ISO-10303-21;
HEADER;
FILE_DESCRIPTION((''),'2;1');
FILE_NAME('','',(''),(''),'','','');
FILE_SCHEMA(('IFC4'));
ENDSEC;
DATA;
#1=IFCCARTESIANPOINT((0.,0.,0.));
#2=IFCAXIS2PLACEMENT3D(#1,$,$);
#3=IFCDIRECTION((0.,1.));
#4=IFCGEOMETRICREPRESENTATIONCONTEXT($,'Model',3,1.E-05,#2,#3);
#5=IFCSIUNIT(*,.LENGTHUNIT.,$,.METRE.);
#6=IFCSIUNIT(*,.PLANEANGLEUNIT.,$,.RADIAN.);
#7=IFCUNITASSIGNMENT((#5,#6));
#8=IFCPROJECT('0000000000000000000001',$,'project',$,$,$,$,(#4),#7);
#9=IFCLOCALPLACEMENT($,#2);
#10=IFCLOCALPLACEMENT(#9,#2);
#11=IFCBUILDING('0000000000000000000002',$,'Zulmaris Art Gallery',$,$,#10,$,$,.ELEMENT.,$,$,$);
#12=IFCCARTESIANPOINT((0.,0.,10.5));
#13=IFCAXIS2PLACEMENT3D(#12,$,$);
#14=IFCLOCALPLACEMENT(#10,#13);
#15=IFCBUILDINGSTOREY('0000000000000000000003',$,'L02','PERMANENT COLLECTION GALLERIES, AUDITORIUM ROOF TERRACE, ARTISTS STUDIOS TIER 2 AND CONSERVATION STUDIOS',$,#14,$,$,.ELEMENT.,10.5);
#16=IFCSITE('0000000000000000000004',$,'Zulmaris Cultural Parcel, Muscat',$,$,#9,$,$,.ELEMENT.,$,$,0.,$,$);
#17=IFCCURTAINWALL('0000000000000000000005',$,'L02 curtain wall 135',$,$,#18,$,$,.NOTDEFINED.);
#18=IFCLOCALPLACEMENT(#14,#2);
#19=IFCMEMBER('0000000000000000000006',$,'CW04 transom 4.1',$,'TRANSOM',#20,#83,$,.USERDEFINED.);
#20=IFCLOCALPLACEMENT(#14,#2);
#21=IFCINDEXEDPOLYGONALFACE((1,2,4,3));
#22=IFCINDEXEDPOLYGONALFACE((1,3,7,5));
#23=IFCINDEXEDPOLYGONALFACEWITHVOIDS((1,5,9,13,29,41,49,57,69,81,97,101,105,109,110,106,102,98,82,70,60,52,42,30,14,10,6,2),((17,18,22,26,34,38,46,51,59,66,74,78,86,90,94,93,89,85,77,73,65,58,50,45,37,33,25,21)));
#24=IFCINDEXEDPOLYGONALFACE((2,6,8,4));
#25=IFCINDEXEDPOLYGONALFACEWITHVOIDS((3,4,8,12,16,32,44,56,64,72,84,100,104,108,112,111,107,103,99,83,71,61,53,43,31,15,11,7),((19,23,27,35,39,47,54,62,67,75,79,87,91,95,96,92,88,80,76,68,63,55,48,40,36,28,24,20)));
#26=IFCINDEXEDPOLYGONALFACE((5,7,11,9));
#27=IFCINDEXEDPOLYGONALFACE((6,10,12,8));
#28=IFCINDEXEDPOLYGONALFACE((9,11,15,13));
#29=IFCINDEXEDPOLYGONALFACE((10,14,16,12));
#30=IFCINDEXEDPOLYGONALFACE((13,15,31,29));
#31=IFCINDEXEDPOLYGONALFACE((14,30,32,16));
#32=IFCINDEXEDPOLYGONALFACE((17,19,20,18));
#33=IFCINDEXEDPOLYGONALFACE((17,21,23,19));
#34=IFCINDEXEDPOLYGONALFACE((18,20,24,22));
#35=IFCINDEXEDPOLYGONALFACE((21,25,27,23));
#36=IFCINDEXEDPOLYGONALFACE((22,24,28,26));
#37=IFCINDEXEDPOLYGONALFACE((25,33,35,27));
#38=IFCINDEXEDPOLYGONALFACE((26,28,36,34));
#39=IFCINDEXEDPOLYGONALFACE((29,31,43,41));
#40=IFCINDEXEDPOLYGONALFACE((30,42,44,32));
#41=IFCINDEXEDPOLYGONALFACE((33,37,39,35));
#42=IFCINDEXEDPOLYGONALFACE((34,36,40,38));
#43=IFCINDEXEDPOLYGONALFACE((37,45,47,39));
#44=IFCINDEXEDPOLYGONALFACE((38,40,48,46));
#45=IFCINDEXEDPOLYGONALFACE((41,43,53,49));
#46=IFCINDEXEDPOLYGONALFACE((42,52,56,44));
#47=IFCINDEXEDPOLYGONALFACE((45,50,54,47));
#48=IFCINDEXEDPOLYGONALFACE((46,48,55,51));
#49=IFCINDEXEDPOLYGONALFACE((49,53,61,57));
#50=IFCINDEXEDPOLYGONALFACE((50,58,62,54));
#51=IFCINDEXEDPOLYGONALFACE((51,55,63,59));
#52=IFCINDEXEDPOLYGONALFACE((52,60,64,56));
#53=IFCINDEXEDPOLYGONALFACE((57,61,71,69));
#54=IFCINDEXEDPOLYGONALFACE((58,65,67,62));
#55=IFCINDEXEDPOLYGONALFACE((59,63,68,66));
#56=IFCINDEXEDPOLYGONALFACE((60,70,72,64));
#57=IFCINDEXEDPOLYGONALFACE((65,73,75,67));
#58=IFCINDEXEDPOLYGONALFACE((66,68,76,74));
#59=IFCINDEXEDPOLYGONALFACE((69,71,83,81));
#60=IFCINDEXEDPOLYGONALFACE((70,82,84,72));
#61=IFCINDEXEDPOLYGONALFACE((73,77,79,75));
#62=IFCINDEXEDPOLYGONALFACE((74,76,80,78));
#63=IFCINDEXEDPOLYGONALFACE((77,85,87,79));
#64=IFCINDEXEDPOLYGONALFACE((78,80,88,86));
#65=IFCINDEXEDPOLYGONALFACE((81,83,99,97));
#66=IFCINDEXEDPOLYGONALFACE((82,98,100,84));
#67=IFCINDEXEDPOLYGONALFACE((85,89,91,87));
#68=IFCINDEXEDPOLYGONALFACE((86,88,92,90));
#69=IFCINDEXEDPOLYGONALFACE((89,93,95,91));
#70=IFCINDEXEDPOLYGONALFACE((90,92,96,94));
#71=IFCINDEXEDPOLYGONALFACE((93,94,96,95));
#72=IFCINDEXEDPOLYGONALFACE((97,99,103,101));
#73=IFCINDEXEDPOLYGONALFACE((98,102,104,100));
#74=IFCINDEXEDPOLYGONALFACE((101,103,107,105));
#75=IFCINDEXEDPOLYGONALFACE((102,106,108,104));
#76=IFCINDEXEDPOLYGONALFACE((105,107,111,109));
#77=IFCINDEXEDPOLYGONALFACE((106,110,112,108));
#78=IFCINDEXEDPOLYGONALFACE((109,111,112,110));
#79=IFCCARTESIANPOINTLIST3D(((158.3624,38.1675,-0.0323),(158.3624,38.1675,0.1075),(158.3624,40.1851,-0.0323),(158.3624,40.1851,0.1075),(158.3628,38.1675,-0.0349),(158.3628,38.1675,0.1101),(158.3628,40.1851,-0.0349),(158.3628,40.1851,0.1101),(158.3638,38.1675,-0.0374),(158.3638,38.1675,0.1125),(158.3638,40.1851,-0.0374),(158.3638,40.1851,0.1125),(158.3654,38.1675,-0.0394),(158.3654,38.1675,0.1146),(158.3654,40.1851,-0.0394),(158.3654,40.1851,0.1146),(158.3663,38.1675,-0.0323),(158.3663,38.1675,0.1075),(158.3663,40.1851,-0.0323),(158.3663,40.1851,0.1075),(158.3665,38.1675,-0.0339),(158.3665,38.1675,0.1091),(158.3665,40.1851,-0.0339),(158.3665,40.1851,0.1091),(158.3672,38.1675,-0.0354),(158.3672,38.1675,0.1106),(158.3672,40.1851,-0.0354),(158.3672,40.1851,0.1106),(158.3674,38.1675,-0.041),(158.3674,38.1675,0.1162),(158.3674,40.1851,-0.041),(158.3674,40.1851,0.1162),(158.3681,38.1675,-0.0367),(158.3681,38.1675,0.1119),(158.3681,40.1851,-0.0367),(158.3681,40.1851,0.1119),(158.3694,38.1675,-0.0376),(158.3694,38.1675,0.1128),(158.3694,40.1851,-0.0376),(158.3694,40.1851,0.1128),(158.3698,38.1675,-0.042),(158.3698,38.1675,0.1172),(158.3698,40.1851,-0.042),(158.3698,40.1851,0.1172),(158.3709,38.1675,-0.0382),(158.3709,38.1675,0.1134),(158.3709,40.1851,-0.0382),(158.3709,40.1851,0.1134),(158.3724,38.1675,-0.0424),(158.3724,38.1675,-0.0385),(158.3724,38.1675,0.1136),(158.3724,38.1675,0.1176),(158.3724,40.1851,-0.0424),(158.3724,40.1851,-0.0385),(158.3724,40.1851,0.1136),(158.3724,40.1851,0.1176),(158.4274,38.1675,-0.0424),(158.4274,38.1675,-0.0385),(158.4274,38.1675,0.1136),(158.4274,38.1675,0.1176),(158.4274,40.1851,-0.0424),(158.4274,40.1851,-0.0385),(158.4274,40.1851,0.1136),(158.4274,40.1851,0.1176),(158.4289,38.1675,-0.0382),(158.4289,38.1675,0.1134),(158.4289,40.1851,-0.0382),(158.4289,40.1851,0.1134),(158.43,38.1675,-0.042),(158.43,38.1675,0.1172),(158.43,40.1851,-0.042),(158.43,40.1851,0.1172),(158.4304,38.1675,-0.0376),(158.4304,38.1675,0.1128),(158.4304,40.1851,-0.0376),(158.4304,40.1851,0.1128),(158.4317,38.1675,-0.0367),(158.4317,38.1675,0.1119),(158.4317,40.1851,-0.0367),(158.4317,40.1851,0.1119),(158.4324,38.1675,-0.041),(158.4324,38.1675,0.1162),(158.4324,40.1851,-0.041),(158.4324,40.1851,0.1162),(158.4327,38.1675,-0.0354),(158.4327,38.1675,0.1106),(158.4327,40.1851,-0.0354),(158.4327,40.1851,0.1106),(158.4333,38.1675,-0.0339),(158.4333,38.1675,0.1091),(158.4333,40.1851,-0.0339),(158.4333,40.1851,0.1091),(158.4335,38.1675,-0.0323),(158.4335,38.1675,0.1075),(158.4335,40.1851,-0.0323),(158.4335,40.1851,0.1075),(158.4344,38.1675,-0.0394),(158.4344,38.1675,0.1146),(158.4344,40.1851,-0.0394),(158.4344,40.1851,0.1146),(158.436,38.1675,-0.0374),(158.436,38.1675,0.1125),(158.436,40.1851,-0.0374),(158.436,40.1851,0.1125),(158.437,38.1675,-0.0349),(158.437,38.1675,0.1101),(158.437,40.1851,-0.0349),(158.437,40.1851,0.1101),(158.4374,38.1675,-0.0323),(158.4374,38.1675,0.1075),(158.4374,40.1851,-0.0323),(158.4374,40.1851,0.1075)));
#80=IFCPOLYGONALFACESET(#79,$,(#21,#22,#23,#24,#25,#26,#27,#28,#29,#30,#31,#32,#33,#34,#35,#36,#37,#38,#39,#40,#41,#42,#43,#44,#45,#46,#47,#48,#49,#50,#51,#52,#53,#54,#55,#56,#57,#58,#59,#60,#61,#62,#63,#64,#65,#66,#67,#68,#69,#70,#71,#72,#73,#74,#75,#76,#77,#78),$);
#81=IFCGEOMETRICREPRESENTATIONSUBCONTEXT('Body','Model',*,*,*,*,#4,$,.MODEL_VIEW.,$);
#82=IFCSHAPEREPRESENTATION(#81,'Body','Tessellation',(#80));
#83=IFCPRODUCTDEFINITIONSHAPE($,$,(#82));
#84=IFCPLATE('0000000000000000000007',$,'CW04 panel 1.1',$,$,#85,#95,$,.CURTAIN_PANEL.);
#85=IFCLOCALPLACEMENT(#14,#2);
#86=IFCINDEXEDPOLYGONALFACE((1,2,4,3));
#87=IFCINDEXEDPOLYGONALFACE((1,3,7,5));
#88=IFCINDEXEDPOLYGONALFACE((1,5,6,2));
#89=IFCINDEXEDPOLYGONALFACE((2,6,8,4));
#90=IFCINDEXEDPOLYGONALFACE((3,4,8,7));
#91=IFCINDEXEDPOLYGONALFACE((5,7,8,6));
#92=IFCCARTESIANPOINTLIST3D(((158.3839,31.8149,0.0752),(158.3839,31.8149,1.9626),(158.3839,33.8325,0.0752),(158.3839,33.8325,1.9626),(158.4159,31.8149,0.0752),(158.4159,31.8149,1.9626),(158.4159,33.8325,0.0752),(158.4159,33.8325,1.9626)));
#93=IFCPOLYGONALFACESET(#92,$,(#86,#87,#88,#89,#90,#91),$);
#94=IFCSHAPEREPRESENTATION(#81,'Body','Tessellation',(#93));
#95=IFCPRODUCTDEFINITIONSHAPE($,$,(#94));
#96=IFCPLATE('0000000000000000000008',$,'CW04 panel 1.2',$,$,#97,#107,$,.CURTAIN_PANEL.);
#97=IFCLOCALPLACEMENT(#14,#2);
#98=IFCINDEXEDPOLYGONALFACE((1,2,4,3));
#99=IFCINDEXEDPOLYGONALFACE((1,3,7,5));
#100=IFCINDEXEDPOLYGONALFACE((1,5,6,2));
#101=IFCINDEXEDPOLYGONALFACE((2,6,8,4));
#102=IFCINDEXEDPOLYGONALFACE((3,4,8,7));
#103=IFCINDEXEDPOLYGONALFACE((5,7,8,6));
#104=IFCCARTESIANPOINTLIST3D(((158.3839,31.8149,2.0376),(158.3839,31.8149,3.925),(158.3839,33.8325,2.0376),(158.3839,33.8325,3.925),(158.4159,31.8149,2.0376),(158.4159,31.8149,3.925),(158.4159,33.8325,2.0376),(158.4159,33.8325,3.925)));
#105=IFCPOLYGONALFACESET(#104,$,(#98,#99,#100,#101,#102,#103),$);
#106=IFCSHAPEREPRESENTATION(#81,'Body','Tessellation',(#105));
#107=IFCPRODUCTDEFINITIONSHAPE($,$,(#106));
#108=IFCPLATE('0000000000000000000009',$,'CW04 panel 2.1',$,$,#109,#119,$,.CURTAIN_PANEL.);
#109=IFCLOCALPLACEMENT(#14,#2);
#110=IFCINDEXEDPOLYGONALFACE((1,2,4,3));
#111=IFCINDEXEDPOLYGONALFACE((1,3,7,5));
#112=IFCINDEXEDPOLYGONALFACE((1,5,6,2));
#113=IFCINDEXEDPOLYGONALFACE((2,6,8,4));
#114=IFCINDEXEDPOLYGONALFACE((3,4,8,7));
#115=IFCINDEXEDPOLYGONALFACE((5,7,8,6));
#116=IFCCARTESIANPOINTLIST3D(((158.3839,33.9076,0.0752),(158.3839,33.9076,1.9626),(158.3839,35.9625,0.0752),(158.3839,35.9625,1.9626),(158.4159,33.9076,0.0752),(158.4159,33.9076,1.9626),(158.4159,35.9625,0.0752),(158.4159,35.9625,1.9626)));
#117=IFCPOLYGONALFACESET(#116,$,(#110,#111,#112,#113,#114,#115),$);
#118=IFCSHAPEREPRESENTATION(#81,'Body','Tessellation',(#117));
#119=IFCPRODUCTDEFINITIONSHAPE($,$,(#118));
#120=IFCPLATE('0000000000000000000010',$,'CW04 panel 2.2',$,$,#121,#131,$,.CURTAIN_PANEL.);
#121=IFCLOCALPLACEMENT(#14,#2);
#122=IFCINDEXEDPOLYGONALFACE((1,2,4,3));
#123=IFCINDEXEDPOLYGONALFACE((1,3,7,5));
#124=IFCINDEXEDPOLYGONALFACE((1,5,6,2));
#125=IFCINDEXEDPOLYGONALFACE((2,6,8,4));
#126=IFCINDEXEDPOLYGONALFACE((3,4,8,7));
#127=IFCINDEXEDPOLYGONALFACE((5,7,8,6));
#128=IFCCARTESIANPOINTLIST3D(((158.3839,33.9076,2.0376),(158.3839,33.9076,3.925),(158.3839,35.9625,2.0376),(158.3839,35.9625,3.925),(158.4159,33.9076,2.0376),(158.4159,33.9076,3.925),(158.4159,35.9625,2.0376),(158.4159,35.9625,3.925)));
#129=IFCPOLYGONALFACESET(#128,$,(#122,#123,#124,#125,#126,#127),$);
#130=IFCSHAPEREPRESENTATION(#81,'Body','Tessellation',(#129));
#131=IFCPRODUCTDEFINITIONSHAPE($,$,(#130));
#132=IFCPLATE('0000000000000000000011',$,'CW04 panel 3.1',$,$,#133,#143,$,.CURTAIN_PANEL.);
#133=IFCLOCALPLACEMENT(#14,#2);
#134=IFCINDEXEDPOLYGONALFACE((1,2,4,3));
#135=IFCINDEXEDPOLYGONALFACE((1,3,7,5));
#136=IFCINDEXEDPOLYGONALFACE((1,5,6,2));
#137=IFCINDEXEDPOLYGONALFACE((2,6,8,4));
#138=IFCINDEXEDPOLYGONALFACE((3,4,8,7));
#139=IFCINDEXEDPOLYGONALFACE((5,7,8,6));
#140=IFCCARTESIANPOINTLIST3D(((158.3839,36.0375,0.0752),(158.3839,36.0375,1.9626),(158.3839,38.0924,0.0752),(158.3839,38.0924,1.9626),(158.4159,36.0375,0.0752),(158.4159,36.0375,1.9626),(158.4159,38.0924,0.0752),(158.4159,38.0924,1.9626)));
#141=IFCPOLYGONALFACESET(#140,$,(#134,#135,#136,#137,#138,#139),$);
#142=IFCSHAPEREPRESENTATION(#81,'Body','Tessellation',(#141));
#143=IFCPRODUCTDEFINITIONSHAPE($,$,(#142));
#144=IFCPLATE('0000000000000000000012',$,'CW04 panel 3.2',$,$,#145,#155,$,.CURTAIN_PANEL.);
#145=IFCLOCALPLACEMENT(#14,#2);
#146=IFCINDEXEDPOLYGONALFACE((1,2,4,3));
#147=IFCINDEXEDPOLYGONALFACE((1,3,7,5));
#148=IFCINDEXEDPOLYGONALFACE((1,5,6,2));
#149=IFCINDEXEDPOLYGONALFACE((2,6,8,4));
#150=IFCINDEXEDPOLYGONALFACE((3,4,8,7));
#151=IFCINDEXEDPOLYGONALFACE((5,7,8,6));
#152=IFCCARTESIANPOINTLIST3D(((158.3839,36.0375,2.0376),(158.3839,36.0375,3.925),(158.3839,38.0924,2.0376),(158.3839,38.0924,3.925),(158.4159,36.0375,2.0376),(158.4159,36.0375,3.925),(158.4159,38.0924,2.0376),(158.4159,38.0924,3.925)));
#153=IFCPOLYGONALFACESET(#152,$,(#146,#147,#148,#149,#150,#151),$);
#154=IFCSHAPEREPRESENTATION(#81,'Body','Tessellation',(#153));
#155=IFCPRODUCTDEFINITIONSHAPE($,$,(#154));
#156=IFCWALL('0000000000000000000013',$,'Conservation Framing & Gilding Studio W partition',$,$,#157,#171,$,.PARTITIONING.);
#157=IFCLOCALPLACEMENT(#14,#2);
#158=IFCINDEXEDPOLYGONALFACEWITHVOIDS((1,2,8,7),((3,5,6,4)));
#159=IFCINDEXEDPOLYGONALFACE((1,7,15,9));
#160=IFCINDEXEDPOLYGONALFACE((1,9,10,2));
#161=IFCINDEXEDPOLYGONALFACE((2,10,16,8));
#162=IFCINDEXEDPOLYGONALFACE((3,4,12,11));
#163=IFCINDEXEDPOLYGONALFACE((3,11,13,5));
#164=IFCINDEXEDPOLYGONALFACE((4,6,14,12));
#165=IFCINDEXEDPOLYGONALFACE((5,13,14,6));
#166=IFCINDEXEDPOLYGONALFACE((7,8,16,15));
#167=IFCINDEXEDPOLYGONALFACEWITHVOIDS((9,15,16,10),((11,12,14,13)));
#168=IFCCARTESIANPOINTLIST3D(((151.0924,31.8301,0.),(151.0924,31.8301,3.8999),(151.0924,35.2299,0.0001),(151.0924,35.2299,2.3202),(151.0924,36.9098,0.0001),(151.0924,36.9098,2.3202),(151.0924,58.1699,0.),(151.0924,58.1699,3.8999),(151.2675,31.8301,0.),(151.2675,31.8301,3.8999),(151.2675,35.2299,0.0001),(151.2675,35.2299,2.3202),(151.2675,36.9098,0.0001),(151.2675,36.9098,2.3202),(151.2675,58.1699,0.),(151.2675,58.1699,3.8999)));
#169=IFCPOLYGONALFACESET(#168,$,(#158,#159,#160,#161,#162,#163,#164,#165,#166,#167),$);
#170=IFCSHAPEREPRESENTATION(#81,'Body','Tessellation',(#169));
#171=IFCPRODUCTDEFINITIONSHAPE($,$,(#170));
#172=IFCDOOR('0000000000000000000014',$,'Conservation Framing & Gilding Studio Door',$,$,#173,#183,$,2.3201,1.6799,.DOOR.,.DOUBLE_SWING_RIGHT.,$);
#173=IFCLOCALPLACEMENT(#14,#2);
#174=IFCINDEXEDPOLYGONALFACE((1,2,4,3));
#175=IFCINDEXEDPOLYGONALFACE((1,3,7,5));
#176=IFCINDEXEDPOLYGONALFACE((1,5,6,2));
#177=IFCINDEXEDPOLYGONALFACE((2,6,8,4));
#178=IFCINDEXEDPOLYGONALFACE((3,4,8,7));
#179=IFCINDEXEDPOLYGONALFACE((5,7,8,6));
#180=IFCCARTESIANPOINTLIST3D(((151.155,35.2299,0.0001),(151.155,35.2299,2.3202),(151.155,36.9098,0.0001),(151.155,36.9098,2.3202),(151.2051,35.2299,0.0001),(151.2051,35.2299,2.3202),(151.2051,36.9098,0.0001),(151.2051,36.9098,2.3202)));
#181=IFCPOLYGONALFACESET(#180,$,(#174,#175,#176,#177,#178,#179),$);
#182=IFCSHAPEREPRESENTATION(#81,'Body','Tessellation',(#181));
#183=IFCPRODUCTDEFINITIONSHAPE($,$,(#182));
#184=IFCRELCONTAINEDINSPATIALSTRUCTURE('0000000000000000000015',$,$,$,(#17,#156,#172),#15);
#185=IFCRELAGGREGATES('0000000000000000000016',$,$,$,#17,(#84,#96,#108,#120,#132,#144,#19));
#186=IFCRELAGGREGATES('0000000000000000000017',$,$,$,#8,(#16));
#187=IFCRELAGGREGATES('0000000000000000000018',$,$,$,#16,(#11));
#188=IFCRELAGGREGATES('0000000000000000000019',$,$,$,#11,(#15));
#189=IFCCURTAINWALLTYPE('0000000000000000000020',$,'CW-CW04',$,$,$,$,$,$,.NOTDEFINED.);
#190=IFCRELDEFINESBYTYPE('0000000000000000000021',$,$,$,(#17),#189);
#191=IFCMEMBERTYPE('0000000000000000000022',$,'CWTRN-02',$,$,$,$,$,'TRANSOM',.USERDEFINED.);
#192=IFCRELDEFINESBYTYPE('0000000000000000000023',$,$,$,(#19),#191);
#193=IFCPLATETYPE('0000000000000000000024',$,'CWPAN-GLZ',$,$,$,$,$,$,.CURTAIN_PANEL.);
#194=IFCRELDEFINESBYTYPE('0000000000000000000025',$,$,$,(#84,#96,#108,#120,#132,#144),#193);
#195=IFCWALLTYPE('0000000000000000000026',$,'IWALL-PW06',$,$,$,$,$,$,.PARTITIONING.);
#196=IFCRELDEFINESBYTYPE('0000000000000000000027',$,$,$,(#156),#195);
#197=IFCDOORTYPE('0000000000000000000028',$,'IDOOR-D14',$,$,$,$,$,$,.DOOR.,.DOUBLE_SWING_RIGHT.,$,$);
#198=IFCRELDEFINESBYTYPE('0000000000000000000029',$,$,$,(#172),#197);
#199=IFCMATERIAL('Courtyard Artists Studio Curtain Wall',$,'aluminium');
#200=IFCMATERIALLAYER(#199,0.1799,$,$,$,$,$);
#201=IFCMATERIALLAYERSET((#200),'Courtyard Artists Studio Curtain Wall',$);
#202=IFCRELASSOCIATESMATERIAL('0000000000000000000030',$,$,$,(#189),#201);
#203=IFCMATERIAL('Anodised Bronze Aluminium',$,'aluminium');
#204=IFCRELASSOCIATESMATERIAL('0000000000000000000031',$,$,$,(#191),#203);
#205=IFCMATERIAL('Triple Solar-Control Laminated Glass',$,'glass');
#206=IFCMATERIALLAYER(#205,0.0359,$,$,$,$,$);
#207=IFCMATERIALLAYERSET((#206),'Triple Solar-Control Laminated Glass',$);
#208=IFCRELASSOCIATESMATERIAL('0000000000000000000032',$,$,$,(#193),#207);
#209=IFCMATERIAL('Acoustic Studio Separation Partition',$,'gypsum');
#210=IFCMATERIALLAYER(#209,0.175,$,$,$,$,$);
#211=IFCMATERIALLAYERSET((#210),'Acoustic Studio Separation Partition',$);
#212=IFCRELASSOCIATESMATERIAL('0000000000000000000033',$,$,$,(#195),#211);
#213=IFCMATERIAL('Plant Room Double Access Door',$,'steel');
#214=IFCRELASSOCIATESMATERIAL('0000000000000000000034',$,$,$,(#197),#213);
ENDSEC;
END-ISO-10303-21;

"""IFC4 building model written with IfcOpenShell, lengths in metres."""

from ifc_helpers import new_model, si_unit, direction, frame, frame_2d, origin, origin_2d, place, context, subcontext, project, spatial, rectangle, hollow_rectangle, extrude, material, layer, layer_set, material_profile, profile_set, type_object, element, fill, aggregate, save


model = new_model("IFC4")

# Units and contexts
model_context = context("Model", 3, precision=1e-05, world=origin(), true_north=direction((0.0, 1.0)))
body_context = subcontext(model_context, "Body", "Model", "MODEL_VIEW")
ifc_project = project(units=[si_unit("LENGTHUNIT", "METRE"), si_unit("PLANEANGLEUNIT", "RADIAN")], contexts=[model_context])

# Site, building, storey
site_placement = place(None, origin())
site = spatial("IfcSite", under=ifc_project, at=site_placement, Name="Zulmaris Cultural Parcel, Muscat", CompositionType="ELEMENT", RefElevation=0.0)
building_placement = place(site_placement, origin())
building = spatial("IfcBuilding", under=site, at=building_placement, Name="Zulmaris Art Gallery", CompositionType="ELEMENT")
storey_placement = place(building_placement, frame((0.0, 0.0, 10.5)))
storey = spatial("IfcBuildingStorey", under=building, at=storey_placement, Name="L02", Description="PERMANENT COLLECTION GALLERIES, AUDITORIUM ROOF TERRACE, ARTISTS STUDIOS TIER 2 AND CONSERVATION STUDIOS", CompositionType="ELEMENT", Elevation=10.5)

# Curtain wall, member, plates
ifc_material_1 = material(Name="Courtyard Artists Studio Curtain Wall", Category="aluminium")
ifc_layer_1 = layer(ifc_material_1, 0.1799)
ifc_layer_set_1 = layer_set([ifc_layer_1], Name="Courtyard Artists Studio Curtain Wall")
curtain_wall_type = type_object("IfcCurtainWallType", Name="CW-CW04", PredefinedType="NOTDEFINED", material=ifc_layer_set_1)
curtain_wall_placement = place(storey_placement, origin())
curtain_wall = element("IfcCurtainWall", 1, at=curtain_wall_placement, inside=storey, type_object=curtain_wall_type, Name="L02 curtain wall 135", PredefinedType="NOTDEFINED")
ifc_material_2 = material(Name="Anodised Bronze Aluminium", Category="aluminium")
ifc_material_profile_1 = material_profile(ifc_material_2, hollow_rectangle(XDim=0.075, YDim=0.1599, WallThickness=0.0039, InnerFilletRadius=0.0061, OuterFilletRadius=0.01, at=origin_2d()), Name="ALU 75x160x4")
ifc_profile_set_1 = profile_set([ifc_material_profile_1], Name="Anodised Bronze Aluminium")
member_type_1 = type_object("IfcMemberType", Name="CWTRN-02", ElementType="TRANSOM", PredefinedType="USERDEFINED", material=ifc_profile_set_1)
member_1_placement = place(storey_placement, frame((158.3999, 38.1675, 0.0376), z_axis=(0.0, 1.0, 0.0), x_axis=(-1.0, 0.0, 0.0)))
member_1 = element("IfcMember", 2, at=member_1_placement, type_object=member_type_1, Name="CW04 transom 4.1", ObjectType="TRANSOM", PredefinedType="USERDEFINED", context=body_context, shape_type="SweptSolid", body=[
    extrude(hollow_rectangle(XDim=0.075, YDim=0.1599, WallThickness=0.0039, InnerFilletRadius=0.0061, OuterFilletRadius=0.01, at=origin_2d()), origin(), (0.0, 0.0, 1.0), 2.0176),
])
ifc_material_3 = material(Name="Triple Solar-Control Laminated Glass", Category="glass")
ifc_layer_2 = layer(ifc_material_3, 0.0359)
ifc_layer_set_2 = layer_set([ifc_layer_2], Name="Triple Solar-Control Laminated Glass")
plate_type = type_object("IfcPlateType", Name="CWPAN-GLZ", PredefinedType="CURTAIN_PANEL", material=ifc_layer_set_2)
plate_1_placement = place(storey_placement, frame((158.3999, 32.8237, 0.0752), z_axis=(0.0, 0.0, 1.0), x_axis=(0.0, 1.0, 0.0)))
plate_1 = element("IfcPlate", 3, at=plate_1_placement, type_object=plate_type, Name="CW04 panel 1.1", PredefinedType="CURTAIN_PANEL", context=body_context, shape_type="SweptSolid", body=[
    extrude(rectangle(XDim=2.0176, YDim=0.032, at=origin_2d()), origin(), (0.0, 0.0, 1.0), 1.8875),
])
plate_2_placement = place(storey_placement, frame((158.3999, 32.8237, 2.0376), z_axis=(0.0, 0.0, 1.0), x_axis=(0.0, 1.0, 0.0)))
plate_2 = element("IfcPlate", 4, at=plate_2_placement, type_object=plate_type, Name="CW04 panel 1.2", PredefinedType="CURTAIN_PANEL", context=body_context, shape_type="SweptSolid", body=[
    extrude(rectangle(XDim=2.0176, YDim=0.032, at=origin_2d()), origin(), (0.0, 0.0, 1.0), 1.8875),
])
plate_3_placement = place(storey_placement, frame((158.3999, 34.9351, 0.0752), z_axis=(0.0, 0.0, 1.0), x_axis=(0.0, 1.0, 0.0)))
plate_3 = element("IfcPlate", 5, at=plate_3_placement, type_object=plate_type, Name="CW04 panel 2.1", PredefinedType="CURTAIN_PANEL", context=body_context, shape_type="SweptSolid", body=[
    extrude(rectangle(XDim=2.0549, YDim=0.032, at=origin_2d()), origin(), (0.0, 0.0, 1.0), 1.8875),
])
plate_4_placement = place(storey_placement, frame((158.3999, 34.9351, 2.0376), z_axis=(0.0, 0.0, 1.0), x_axis=(0.0, 1.0, 0.0)))
plate_4 = element("IfcPlate", 6, at=plate_4_placement, type_object=plate_type, Name="CW04 panel 2.2", PredefinedType="CURTAIN_PANEL", context=body_context, shape_type="SweptSolid", body=[
    extrude(rectangle(XDim=2.0549, YDim=0.032, at=origin_2d()), origin(), (0.0, 0.0, 1.0), 1.8875),
])
plate_5_placement = place(storey_placement, frame((158.3999, 37.0649, 0.0752), z_axis=(0.0, 0.0, 1.0), x_axis=(0.0, 1.0, 0.0)))
plate_5 = element("IfcPlate", 7, at=plate_5_placement, type_object=plate_type, Name="CW04 panel 3.1", PredefinedType="CURTAIN_PANEL", context=body_context, shape_type="SweptSolid", body=[
    extrude(rectangle(XDim=2.0549, YDim=0.032, at=origin_2d()), origin(), (0.0, 0.0, 1.0), 1.8875),
])
plate_6_placement = place(storey_placement, frame((158.3999, 37.0649, 2.0376), z_axis=(0.0, 0.0, 1.0), x_axis=(0.0, 1.0, 0.0)))
plate_6 = element("IfcPlate", 8, at=plate_6_placement, type_object=plate_type, Name="CW04 panel 3.2", PredefinedType="CURTAIN_PANEL", context=body_context, shape_type="SweptSolid", body=[
    extrude(rectangle(XDim=2.0549, YDim=0.032, at=origin_2d()), origin(), (0.0, 0.0, 1.0), 1.8875),
])
aggregate(curtain_wall, [plate_1, plate_2, plate_3, plate_4, plate_5, plate_6, member_1])

# Wall, opening, door
ifc_material_4 = material(Name="Acoustic Studio Separation Partition", Category="gypsum")
ifc_layer_3 = layer(ifc_material_4, 0.175)
ifc_layer_set_3 = layer_set([ifc_layer_3], Name="Acoustic Studio Separation Partition")
wall_type = type_object("IfcWallType", Name="IWALL-PW06", PredefinedType="PARTITIONING", material=ifc_layer_set_3)
wall_1_placement = place(storey_placement, frame((151.1799, 31.8301, 0.0), z_axis=(0.0, 0.0, 1.0), x_axis=(0.0, 1.0, 0.0)))
wall_1 = element("IfcWall", 9, at=wall_1_placement, inside=storey, type_object=wall_type, Name="Conservation Framing & Gilding Studio W partition", PredefinedType="PARTITIONING", context=body_context, shape_type="SweptSolid", body=[
    extrude(rectangle(XDim=26.3398, YDim=0.175, at=frame_2d((13.1699, 0.0))), origin(), (0.0, 0.0, 1.0), 3.8999),
])
opening_1_placement = place(wall_1_placement, frame((3.3999, 0.0, 0.0)))
opening_1 = element("IfcOpeningElement", 10, at=opening_1_placement, cuts=wall_1, PredefinedType="OPENING", context=body_context, shape_type="SweptSolid", body=[
    extrude(rectangle(XDim=1.6799, YDim=2.3201, at=frame_2d((0.8398, 1.1602))), frame((0.0, 0.0974, 0.0), z_axis=(0.0, -1.0, 0.0), x_axis=(1.0, 0.0, 0.0)), (0.0, 0.0, 1.0), 0.1951),
])
ifc_material_5 = material(Name="Plant Room Double Access Door", Category="steel")
door_type = type_object("IfcDoorType", Name="IDOOR-D14", OperationType="DOUBLE_SWING_RIGHT", PredefinedType="DOOR", material=ifc_material_5)
door_placement = place(opening_1_placement, origin())
door = element("IfcDoor", 11, at=door_placement, inside=storey, type_object=door_type, Name="Conservation Framing & Gilding Studio Door", OperationType="DOUBLE_SWING_RIGHT", OverallHeight=2.3201, OverallWidth=1.6799, PredefinedType="DOOR", context=body_context, shape_type="SweptSolid", body=[
    extrude(rectangle(XDim=1.6799, YDim=2.3201, at=frame_2d((0.8398, 1.1602))), frame((0.0, 0.0249, 0.0), z_axis=(0.0, -1.0, 0.0), x_axis=(1.0, 0.0, 0.0)), (0.0, 0.0, 1.0), 0.05),
])
fill(opening_1, door)

save(model, "model.ifc")
